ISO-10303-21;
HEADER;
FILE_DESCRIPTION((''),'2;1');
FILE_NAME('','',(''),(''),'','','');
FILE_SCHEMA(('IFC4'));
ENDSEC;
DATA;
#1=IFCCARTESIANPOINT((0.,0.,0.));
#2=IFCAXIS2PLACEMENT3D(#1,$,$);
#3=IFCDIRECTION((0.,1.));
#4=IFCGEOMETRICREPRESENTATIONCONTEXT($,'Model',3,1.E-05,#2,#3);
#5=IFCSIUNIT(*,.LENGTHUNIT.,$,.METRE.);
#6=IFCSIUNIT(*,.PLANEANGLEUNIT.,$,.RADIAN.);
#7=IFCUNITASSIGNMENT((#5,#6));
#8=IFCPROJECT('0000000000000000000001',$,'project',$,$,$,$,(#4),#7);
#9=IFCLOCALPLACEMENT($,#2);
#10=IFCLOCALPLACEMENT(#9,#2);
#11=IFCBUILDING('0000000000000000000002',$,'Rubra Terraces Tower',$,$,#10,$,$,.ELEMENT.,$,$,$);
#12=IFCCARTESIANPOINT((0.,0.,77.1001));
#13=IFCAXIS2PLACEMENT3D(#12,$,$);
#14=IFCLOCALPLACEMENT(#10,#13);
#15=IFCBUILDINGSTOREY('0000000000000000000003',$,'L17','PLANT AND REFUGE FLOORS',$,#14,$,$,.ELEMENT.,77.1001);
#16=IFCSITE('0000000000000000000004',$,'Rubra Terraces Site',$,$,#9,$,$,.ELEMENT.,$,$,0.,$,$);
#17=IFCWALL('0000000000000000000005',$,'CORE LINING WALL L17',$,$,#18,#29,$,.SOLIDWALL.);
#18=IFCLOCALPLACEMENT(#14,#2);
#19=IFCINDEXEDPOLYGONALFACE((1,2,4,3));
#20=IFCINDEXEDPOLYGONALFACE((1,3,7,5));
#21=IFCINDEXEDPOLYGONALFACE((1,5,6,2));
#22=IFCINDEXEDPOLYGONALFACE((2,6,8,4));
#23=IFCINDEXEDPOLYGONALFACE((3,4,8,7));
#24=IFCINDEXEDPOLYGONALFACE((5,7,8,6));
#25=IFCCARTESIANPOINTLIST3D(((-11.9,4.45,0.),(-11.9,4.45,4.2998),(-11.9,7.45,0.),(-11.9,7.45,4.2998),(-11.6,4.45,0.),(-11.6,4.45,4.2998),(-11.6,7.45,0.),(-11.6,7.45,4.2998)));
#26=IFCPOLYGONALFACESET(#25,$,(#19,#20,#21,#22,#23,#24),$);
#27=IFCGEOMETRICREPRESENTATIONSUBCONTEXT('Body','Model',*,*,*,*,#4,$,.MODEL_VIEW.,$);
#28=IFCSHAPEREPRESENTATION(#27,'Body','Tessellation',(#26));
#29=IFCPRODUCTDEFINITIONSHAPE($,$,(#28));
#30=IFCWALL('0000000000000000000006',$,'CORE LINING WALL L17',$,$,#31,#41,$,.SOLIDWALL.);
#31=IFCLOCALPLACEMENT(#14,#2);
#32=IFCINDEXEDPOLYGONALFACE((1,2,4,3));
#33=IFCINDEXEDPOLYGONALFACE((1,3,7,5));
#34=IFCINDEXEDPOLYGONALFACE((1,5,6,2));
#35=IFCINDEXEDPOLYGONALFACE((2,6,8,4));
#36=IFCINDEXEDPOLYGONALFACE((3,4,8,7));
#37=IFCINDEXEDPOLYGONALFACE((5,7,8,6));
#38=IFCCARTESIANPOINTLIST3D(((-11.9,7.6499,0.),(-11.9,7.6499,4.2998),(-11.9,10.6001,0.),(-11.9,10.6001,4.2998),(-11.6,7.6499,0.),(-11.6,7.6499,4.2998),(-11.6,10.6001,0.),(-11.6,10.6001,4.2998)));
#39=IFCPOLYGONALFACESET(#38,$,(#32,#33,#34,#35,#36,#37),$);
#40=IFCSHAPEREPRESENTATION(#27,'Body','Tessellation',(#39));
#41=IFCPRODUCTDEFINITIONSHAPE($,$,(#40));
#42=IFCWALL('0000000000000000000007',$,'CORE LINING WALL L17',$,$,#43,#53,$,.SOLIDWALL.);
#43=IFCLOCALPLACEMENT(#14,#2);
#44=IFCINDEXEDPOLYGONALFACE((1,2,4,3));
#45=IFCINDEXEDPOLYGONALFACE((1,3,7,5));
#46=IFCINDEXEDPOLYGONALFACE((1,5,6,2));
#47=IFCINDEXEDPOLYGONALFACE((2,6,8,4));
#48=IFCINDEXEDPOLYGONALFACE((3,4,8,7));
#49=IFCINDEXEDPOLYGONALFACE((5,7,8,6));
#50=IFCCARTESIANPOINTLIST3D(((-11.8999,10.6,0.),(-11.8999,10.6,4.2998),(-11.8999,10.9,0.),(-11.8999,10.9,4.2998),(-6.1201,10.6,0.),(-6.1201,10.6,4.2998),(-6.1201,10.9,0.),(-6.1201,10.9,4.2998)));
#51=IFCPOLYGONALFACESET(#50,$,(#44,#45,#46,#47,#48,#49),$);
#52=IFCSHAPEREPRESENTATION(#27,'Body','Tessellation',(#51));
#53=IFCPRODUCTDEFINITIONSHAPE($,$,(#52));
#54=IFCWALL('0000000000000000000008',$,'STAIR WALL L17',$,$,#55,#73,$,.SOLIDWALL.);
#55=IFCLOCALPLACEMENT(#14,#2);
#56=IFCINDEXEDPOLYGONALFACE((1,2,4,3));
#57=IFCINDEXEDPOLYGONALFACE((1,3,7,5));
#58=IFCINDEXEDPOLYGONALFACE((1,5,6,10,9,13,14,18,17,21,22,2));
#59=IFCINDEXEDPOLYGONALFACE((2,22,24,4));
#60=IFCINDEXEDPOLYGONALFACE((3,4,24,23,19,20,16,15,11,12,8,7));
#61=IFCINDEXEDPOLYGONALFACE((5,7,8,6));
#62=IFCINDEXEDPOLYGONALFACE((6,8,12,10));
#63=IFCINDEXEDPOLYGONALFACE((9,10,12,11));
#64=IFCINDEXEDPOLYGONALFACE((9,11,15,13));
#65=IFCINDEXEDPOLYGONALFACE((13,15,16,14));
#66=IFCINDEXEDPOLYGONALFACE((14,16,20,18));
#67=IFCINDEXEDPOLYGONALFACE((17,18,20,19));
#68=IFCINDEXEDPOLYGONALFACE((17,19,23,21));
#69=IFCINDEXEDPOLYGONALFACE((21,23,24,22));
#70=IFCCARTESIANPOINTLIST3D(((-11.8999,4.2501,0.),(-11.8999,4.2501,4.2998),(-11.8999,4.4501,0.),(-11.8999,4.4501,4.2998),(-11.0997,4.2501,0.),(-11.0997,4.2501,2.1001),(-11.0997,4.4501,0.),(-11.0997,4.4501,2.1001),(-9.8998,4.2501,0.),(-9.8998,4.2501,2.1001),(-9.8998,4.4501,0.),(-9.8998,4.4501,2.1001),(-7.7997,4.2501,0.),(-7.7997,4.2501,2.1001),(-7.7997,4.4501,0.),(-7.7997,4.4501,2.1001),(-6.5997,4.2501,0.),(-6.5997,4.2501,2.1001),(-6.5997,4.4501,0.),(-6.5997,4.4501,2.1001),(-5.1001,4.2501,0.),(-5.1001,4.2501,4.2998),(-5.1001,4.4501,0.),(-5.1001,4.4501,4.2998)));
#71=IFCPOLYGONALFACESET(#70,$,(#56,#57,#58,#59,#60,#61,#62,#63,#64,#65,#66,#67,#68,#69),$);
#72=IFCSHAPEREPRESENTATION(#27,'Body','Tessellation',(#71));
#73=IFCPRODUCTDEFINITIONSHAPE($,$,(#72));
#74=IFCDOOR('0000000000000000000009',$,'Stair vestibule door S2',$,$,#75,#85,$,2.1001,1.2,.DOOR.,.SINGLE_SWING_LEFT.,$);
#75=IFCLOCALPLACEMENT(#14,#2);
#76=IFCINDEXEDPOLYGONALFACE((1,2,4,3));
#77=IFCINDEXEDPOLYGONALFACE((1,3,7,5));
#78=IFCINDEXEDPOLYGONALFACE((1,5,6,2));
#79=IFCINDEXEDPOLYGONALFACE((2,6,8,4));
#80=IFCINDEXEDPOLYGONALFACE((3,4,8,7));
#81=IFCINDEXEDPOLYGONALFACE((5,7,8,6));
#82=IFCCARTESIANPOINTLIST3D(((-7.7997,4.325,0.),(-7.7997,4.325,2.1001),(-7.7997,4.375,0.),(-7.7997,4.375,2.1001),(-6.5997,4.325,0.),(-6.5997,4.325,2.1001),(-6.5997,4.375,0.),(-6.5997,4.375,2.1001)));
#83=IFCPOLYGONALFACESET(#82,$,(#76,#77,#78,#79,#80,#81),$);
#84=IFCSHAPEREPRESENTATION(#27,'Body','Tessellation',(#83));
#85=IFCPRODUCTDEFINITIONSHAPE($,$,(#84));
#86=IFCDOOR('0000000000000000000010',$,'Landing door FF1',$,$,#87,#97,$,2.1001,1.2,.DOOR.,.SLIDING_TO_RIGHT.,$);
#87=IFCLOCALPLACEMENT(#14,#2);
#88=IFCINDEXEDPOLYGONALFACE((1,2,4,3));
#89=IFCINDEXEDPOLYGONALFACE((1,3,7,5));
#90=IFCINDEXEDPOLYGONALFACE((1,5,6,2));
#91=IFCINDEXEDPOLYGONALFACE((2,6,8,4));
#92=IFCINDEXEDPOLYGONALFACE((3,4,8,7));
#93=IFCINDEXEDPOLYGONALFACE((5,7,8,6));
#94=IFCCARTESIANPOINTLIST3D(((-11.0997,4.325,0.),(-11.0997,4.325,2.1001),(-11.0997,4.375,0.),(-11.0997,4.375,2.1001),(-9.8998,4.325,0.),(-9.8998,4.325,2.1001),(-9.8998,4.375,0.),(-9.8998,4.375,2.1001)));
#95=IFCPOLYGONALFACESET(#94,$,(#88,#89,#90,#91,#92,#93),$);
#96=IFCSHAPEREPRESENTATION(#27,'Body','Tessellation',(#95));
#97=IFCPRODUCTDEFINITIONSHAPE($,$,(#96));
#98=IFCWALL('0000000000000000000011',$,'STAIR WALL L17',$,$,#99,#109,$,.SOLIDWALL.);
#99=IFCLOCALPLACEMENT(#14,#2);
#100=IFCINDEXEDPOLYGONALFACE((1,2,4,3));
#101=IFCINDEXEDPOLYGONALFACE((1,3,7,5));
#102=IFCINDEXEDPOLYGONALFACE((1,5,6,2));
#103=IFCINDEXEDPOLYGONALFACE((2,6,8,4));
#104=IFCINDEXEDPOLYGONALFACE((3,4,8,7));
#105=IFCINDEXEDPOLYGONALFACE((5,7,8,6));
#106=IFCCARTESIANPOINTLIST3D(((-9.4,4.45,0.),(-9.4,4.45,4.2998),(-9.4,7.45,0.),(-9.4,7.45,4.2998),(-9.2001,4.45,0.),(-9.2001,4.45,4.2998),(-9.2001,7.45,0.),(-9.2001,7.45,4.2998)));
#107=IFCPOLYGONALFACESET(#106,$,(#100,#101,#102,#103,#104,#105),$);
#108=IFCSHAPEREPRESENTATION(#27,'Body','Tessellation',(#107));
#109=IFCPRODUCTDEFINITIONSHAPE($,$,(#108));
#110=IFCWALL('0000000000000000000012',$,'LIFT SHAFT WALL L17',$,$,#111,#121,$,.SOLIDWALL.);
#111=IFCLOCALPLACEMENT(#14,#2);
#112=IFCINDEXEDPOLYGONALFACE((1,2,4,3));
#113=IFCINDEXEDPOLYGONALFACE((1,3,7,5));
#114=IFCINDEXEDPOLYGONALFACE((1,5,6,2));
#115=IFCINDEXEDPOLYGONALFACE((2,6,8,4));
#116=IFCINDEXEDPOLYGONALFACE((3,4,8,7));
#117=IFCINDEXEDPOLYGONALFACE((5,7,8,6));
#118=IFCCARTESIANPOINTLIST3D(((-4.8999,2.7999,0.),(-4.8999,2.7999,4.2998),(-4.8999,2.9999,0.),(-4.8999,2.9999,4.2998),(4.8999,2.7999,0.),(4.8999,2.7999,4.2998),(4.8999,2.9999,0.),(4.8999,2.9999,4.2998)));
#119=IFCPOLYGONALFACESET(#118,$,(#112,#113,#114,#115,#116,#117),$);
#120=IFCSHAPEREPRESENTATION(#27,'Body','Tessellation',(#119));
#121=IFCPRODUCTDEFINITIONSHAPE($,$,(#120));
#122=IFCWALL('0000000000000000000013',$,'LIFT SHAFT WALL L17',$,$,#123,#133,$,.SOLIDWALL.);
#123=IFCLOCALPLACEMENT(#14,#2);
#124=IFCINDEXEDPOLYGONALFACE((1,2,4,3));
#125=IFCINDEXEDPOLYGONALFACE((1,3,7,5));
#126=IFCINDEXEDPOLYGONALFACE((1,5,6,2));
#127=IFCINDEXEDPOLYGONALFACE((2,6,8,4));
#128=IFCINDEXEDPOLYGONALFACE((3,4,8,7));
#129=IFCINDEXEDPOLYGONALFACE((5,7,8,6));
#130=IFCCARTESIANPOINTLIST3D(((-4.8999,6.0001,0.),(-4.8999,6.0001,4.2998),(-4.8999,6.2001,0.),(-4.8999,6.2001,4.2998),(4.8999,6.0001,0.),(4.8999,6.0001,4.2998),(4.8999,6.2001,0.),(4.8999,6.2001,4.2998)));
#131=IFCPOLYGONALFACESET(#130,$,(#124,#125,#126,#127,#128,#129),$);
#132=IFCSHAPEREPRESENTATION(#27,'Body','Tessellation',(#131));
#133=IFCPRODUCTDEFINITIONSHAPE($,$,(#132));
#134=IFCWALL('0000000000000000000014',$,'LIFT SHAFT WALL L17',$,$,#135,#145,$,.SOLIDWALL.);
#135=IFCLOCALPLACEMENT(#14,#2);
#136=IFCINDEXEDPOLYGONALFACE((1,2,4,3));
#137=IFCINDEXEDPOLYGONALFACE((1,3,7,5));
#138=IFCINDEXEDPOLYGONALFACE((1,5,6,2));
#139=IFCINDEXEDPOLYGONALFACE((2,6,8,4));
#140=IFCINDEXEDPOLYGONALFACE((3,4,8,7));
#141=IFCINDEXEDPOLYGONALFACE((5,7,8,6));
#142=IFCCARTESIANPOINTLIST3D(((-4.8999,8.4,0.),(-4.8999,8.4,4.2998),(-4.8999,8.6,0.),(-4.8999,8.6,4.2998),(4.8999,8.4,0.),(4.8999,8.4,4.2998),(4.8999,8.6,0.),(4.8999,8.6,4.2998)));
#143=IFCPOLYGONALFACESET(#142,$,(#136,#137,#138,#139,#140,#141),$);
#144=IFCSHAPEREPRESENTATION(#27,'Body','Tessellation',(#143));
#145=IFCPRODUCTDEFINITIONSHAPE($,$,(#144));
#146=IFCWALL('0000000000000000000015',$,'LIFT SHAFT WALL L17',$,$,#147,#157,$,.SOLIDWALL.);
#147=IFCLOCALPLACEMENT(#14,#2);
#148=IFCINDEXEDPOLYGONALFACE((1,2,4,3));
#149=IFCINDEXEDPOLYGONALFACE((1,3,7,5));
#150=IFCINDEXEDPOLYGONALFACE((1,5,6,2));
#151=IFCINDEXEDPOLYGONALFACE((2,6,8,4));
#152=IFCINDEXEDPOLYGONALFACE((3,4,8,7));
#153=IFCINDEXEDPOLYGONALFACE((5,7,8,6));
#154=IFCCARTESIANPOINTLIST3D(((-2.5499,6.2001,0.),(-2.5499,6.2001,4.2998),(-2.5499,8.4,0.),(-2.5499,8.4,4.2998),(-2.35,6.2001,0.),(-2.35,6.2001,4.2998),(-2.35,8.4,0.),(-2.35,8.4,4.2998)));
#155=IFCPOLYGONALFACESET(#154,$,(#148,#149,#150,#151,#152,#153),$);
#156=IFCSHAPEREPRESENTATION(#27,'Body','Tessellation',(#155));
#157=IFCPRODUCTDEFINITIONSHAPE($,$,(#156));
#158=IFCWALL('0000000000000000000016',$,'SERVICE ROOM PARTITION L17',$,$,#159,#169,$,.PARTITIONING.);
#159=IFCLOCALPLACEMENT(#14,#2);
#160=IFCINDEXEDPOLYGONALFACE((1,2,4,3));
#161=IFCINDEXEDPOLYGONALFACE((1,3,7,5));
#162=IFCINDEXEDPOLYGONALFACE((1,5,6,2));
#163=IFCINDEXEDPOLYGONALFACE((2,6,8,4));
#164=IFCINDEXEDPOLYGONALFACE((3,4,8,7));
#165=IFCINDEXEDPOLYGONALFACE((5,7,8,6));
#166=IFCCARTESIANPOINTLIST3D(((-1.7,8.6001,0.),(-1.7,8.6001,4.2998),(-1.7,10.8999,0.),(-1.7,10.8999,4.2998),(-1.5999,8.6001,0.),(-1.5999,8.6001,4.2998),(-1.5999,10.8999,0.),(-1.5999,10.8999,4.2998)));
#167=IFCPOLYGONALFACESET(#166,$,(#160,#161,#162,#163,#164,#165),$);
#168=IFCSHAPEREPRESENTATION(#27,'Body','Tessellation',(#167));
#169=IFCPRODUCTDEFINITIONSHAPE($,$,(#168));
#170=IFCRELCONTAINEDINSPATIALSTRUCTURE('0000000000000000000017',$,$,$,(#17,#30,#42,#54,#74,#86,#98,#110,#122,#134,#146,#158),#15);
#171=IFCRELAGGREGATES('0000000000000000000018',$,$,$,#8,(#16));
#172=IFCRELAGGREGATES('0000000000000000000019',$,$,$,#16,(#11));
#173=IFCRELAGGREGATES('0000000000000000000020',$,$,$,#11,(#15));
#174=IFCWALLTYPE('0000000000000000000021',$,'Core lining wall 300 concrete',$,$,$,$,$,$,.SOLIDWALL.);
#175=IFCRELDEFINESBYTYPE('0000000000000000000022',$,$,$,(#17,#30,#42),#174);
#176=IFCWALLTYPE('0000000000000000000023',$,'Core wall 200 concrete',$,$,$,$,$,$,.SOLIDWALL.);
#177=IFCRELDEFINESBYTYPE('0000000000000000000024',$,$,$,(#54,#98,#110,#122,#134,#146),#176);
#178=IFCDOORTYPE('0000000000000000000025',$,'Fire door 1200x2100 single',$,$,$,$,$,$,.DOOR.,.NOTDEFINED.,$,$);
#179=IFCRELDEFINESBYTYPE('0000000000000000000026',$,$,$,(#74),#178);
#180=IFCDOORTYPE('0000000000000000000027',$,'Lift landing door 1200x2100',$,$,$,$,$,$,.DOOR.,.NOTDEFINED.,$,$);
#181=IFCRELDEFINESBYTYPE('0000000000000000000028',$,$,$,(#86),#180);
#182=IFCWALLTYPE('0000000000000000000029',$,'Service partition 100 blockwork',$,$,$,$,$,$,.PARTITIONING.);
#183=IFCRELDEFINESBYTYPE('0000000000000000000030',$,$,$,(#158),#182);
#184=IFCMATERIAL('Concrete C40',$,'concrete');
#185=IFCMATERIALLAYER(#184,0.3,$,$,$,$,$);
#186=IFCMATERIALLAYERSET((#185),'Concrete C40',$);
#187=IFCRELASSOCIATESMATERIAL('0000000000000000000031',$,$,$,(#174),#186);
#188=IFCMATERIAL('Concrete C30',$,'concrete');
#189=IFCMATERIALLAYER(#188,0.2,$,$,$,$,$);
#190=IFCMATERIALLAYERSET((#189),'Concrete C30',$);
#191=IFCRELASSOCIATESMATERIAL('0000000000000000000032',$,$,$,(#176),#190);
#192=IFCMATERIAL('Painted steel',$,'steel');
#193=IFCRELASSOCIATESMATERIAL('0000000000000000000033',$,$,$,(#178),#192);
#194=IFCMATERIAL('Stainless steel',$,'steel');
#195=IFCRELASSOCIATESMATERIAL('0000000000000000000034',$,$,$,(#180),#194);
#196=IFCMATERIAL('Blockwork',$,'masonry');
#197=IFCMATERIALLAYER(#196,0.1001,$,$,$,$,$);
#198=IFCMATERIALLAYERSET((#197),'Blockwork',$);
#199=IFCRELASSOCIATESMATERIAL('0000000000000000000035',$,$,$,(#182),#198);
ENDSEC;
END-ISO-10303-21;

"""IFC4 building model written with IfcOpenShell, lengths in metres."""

from ifc_helpers import new_model, si_unit, direction, frame, frame_2d, origin, place, context, subcontext, project, spatial, rectangle, extrude, material, layer, layer_set, type_object, element, fill, save


model = new_model("IFC4")

# Units and contexts
model_context = context("Model", 3, precision=1e-05, world=origin(), true_north=direction((0.0, 1.0)))
body_context = subcontext(model_context, "Body", "Model", "MODEL_VIEW")
ifc_project = project(units=[si_unit("LENGTHUNIT", "METRE"), si_unit("PLANEANGLEUNIT", "RADIAN")], contexts=[model_context])

# Site, building, storey
site_placement = place(None, origin())
site = spatial("IfcSite", under=ifc_project, at=site_placement, Name="Rubra Terraces Site", CompositionType="ELEMENT", RefElevation=0.0)
building_placement = place(site_placement, origin())
building = spatial("IfcBuilding", under=site, at=building_placement, Name="Rubra Terraces Tower", CompositionType="ELEMENT")
storey_placement = place(building_placement, frame((0.0, 0.0, 77.1001)))
storey = spatial("IfcBuildingStorey", under=building, at=storey_placement, Name="L17", Description="PLANT AND REFUGE FLOORS", CompositionType="ELEMENT", Elevation=77.1001)

# Walls
ifc_material_1 = material(Name="Concrete C40", Category="concrete")
ifc_layer_1 = layer(ifc_material_1, 0.3)
ifc_layer_set_1 = layer_set([ifc_layer_1], Name="Concrete C40")
wall_type_1 = type_object("IfcWallType", Name="Core lining wall 300 concrete", PredefinedType="SOLIDWALL", material=ifc_layer_set_1)
wall_1_placement = place(storey_placement, frame((-11.75, 4.45, 0.0), z_axis=(0.0, 0.0, 1.0), x_axis=(0.0, 1.0, 0.0)))
element("IfcWall", 1, at=wall_1_placement, inside=storey, type_object=wall_type_1, Name="CORE LINING WALL L17", PredefinedType="SOLIDWALL", context=body_context, shape_type="SweptSolid", body=[
    extrude(rectangle(XDim=3.0, YDim=0.3, at=frame_2d((1.5, 0.0))), origin(), (0.0, 0.0, 1.0), 4.2998),
])
wall_2_placement = place(storey_placement, frame((-11.75, 7.6499, 0.0), z_axis=(0.0, 0.0, 1.0), x_axis=(0.0, 1.0, 0.0)))
element("IfcWall", 2, at=wall_2_placement, inside=storey, type_object=wall_type_1, Name="CORE LINING WALL L17", PredefinedType="SOLIDWALL", context=body_context, shape_type="SweptSolid", body=[
    extrude(rectangle(XDim=2.9502, YDim=0.3, at=frame_2d((1.4751, 0.0))), origin(), (0.0, 0.0, 1.0), 4.2998),
])
wall_3_placement = place(storey_placement, frame((-11.8999, 10.75, 0.0), z_axis=(0.0, 0.0, 1.0), x_axis=(1.0, 0.0, 0.0)))
element("IfcWall", 3, at=wall_3_placement, inside=storey, type_object=wall_type_1, Name="CORE LINING WALL L17", PredefinedType="SOLIDWALL", context=body_context, shape_type="SweptSolid", body=[
    extrude(rectangle(XDim=5.7798, YDim=0.3, at=frame_2d((2.8899, 0.0))), origin(), (0.0, 0.0, 1.0), 4.2998),
])

# Wall, openings, doors
ifc_material_2 = material(Name="Concrete C30", Category="concrete")
ifc_layer_2 = layer(ifc_material_2, 0.2)
ifc_layer_set_2 = layer_set([ifc_layer_2], Name="Concrete C30")
wall_type_2 = type_object("IfcWallType", Name="Core wall 200 concrete", PredefinedType="SOLIDWALL", material=ifc_layer_set_2)
wall_4_placement = place(storey_placement, frame((-11.8999, 4.3501, 0.0), z_axis=(0.0, 0.0, 1.0), x_axis=(1.0, 0.0, 0.0)))
wall_4 = element("IfcWall", 4, at=wall_4_placement, inside=storey, type_object=wall_type_2, Name="STAIR WALL L17", PredefinedType="SOLIDWALL", context=body_context, shape_type="SweptSolid", body=[
    extrude(rectangle(XDim=6.7998, YDim=0.2, at=frame_2d((3.3999, 0.0))), origin(), (0.0, 0.0, 1.0), 4.2998),
])
opening_1_placement = place(wall_4_placement, frame((4.1001, 0.0, 0.0)))
opening_1 = element("IfcOpeningElement", 5, at=opening_1_placement, cuts=wall_4, PredefinedType="OPENING", context=body_context, shape_type="SweptSolid", body=[
    extrude(rectangle(XDim=1.2, YDim=2.1001, at=frame_2d((0.6001, 1.05))), frame((0.0, 0.1099, 0.0), z_axis=(0.0, -1.0, 0.0), x_axis=(1.0, 0.0, 0.0)), (0.0, 0.0, 1.0), 0.22),
])
opening_2_placement = place(wall_4_placement, frame((0.8, 0.0, 0.0)))
opening_2 = element("IfcOpeningElement", 6, at=opening_2_placement, cuts=wall_4, PredefinedType="OPENING", context=body_context, shape_type="SweptSolid", body=[
    extrude(rectangle(XDim=1.2, YDim=2.1001, at=frame_2d((0.6001, 1.05))), frame((0.0, 0.1099, 0.0), z_axis=(0.0, -1.0, 0.0), x_axis=(1.0, 0.0, 0.0)), (0.0, 0.0, 1.0), 0.22),
])
ifc_material_3 = material(Name="Painted steel", Category="steel")
door_type_1 = type_object("IfcDoorType", Name="Fire door 1200x2100 single", OperationType="NOTDEFINED", PredefinedType="DOOR", material=ifc_material_3)
door_1_placement = place(opening_1_placement, origin())
door_1 = element("IfcDoor", 7, at=door_1_placement, inside=storey, type_object=door_type_1, Name="Stair vestibule door S2", OperationType="SINGLE_SWING_LEFT", OverallHeight=2.1001, OverallWidth=1.2, PredefinedType="DOOR", context=body_context, shape_type="SweptSolid", body=[
    extrude(rectangle(XDim=1.2, YDim=2.1001, at=frame_2d((0.6001, 1.05))), frame((0.0, 0.0249, 0.0), z_axis=(0.0, -1.0, 0.0), x_axis=(1.0, 0.0, 0.0)), (0.0, 0.0, 1.0), 0.05),
])
fill(opening_1, door_1)
ifc_material_4 = material(Name="Stainless steel", Category="steel")
door_type_2 = type_object("IfcDoorType", Name="Lift landing door 1200x2100", OperationType="NOTDEFINED", PredefinedType="DOOR", material=ifc_material_4)
door_2_placement = place(opening_2_placement, origin())
door_2 = element("IfcDoor", 8, at=door_2_placement, inside=storey, type_object=door_type_2, Name="Landing door FF1", OperationType="SLIDING_TO_RIGHT", OverallHeight=2.1001, OverallWidth=1.2, PredefinedType="DOOR", context=body_context, shape_type="SweptSolid", body=[
    extrude(rectangle(XDim=1.2, YDim=2.1001, at=frame_2d((0.6001, 1.05))), frame((0.0, 0.0249, 0.0), z_axis=(0.0, -1.0, 0.0), x_axis=(1.0, 0.0, 0.0)), (0.0, 0.0, 1.0), 0.05),
])
fill(opening_2, door_2)

# Walls
wall_5_placement = place(storey_placement, frame((-9.3, 4.45, 0.0), z_axis=(0.0, 0.0, 1.0), x_axis=(0.0, 1.0, 0.0)))
element("IfcWall", 9, at=wall_5_placement, inside=storey, type_object=wall_type_2, Name="STAIR WALL L17", PredefinedType="SOLIDWALL", context=body_context, shape_type="SweptSolid", body=[
    extrude(rectangle(XDim=3.0, YDim=0.2, at=frame_2d((1.5, 0.0))), origin(), (0.0, 0.0, 1.0), 4.2998),
])
for number, where, z_axis, x_axis, name in (
    (10, (-4.8999, 2.8999, 0.0), (0.0, 0.0, 1.0), (1.0, 0.0, 0.0), "LIFT SHAFT WALL L17"),
    (11, (-4.8999, 6.1001, 0.0), (0.0, 0.0, 1.0), (1.0, 0.0, 0.0), "LIFT SHAFT WALL L17"),
    (12, (-4.8999, 8.5, 0.0), (0.0, 0.0, 1.0), (1.0, 0.0, 0.0), "LIFT SHAFT WALL L17"),
):
    element("IfcWall", number, at=place(storey_placement, frame(where, z_axis=z_axis, x_axis=x_axis)), inside=storey, type_object=wall_type_2, Name=name, PredefinedType="SOLIDWALL", context=body_context, shape_type="SweptSolid", body=[
        extrude(rectangle(XDim=9.7998, YDim=0.2, at=frame_2d((4.8999, 0.0))), origin(), (0.0, 0.0, 1.0), 4.2998),
    ])
wall_6_placement = place(storey_placement, frame((-2.45, 6.2, 0.0), z_axis=(0.0, 0.0, 1.0), x_axis=(0.0, 1.0, 0.0)))
element("IfcWall", 13, at=wall_6_placement, inside=storey, type_object=wall_type_2, Name="LIFT SHAFT WALL L17", PredefinedType="SOLIDWALL", context=body_context, shape_type="SweptSolid", body=[
    extrude(rectangle(XDim=2.2, YDim=0.2, at=frame_2d((1.1001, 0.0))), origin(), (0.0, 0.0, 1.0), 4.2998),
])
ifc_material_5 = material(Name="Blockwork", Category="masonry")
ifc_layer_3 = layer(ifc_material_5, 0.1001)
ifc_layer_set_3 = layer_set([ifc_layer_3], Name="Blockwork")
wall_type_3 = type_object("IfcWallType", Name="Service partition 100 blockwork", PredefinedType="PARTITIONING", material=ifc_layer_set_3)
wall_7_placement = place(storey_placement, frame((-1.6499, 8.6001, 0.0), z_axis=(0.0, 0.0, 1.0), x_axis=(0.0, 1.0, 0.0)))
element("IfcWall", 14, at=wall_7_placement, inside=storey, type_object=wall_type_3, Name="SERVICE ROOM PARTITION L17", PredefinedType="PARTITIONING", context=body_context, shape_type="SweptSolid", body=[
    extrude(rectangle(XDim=2.2998, YDim=0.1001, at=frame_2d((1.1499, 0.0))), origin(), (0.0, 0.0, 1.0), 4.2998),
])

save(model, "model.ifc")
